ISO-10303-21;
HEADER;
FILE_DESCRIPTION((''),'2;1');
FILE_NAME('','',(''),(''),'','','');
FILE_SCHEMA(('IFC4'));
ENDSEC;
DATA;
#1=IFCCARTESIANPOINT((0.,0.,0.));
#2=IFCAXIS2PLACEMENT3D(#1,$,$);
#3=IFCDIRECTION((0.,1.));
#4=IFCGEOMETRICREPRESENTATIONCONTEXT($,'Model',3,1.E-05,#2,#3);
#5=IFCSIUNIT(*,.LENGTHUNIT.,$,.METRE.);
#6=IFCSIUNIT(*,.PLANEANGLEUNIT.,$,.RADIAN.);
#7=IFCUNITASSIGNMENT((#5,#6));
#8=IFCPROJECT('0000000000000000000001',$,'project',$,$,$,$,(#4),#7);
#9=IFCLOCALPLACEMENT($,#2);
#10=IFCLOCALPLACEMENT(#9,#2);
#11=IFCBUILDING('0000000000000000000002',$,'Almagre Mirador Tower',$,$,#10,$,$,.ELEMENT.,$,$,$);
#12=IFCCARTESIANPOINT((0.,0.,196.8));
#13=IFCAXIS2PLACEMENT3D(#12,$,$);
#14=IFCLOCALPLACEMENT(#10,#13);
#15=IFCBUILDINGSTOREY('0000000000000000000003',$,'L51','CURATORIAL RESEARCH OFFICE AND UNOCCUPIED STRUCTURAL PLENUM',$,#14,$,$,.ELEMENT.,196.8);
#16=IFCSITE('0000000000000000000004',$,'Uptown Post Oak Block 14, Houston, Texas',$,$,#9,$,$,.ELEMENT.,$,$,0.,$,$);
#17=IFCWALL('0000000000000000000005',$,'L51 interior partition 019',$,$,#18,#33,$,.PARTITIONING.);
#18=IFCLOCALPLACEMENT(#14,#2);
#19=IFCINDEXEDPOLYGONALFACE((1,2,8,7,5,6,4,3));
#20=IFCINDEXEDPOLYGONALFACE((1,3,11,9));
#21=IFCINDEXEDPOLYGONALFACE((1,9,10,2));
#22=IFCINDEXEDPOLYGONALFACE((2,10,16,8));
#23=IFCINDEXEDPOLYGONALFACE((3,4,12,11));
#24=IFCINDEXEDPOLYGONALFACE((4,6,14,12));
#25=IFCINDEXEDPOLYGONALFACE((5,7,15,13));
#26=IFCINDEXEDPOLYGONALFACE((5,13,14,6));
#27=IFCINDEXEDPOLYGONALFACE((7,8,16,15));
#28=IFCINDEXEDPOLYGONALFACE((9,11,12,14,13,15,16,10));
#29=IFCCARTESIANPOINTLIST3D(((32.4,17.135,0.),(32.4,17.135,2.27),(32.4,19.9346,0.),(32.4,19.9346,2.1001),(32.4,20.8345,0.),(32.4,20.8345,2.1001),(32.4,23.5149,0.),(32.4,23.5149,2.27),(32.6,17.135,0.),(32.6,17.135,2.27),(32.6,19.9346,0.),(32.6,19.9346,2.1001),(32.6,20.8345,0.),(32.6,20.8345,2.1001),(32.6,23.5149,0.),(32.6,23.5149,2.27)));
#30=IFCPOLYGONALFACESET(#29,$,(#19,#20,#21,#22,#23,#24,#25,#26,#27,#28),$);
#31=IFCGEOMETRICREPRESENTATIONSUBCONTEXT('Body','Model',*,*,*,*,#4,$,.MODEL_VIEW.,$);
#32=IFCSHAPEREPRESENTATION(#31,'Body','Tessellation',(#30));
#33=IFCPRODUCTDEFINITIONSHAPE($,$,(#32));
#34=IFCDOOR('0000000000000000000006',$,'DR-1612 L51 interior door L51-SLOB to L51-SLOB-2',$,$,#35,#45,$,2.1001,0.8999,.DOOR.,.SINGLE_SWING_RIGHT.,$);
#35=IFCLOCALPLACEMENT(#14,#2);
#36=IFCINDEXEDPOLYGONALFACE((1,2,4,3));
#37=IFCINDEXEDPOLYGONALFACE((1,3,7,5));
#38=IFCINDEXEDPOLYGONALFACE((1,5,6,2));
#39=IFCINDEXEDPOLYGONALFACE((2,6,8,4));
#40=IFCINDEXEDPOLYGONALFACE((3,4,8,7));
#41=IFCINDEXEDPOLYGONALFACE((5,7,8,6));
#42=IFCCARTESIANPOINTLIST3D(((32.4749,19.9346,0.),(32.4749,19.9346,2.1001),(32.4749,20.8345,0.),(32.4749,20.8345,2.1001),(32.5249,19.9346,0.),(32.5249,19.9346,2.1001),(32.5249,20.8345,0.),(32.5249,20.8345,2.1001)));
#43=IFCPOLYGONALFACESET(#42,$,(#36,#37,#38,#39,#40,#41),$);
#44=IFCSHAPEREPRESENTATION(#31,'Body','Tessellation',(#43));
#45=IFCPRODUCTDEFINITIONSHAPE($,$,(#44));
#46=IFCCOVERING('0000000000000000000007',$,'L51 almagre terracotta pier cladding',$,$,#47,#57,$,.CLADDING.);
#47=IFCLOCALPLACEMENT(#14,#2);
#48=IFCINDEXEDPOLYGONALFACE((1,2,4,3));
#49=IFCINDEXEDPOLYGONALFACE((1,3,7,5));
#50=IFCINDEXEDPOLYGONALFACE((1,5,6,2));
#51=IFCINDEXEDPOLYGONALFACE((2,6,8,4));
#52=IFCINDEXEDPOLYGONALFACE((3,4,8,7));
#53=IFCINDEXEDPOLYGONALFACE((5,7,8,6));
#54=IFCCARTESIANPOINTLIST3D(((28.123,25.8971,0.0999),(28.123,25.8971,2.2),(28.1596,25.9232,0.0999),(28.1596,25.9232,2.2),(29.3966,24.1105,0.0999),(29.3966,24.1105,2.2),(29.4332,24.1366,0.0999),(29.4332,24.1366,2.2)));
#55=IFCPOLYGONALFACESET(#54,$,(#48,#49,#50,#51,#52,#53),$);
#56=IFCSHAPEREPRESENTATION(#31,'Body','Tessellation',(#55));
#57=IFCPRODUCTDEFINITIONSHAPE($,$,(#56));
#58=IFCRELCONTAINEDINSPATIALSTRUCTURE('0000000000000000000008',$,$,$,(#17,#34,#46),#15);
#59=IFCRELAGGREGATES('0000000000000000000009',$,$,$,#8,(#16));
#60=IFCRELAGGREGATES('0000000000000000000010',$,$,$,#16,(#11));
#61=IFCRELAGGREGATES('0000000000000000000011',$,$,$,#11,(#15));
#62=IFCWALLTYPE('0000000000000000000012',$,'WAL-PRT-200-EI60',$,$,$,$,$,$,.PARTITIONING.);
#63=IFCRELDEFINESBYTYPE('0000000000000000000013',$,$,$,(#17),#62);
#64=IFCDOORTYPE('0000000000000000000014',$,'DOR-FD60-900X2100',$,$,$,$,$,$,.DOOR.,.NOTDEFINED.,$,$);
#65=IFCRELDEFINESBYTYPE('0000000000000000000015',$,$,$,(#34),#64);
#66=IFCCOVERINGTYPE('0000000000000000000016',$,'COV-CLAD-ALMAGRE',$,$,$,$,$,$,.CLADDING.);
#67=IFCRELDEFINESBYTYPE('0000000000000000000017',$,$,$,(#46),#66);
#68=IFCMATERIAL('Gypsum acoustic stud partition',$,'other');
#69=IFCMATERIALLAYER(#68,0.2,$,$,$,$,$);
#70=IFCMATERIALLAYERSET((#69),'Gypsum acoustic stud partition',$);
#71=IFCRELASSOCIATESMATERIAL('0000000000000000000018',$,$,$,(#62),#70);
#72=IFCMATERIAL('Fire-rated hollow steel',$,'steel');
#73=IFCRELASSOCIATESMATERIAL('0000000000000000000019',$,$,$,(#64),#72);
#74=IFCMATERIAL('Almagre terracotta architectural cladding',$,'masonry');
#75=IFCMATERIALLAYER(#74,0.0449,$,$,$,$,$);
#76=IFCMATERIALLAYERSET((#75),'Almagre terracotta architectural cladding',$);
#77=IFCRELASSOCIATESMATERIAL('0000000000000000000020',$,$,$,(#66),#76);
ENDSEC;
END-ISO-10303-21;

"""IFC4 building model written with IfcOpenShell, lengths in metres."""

from ifc_helpers import new_model, si_unit, direction, frame, frame_2d, origin, origin_2d, place, context, subcontext, project, spatial, rectangle, extrude, material, layer, layer_set, type_object, element, fill, save


model = new_model("IFC4")

# Units and contexts
model_context = context("Model", 3, precision=1e-05, world=origin(), true_north=direction((0.0, 1.0)))
body_context = subcontext(model_context, "Body", "Model", "MODEL_VIEW")
ifc_project = project(units=[si_unit("LENGTHUNIT", "METRE"), si_unit("PLANEANGLEUNIT", "RADIAN")], contexts=[model_context])

# Site, building, storey
site_placement = place(None, origin())
site = spatial("IfcSite", under=ifc_project, at=site_placement, Name="Uptown Post Oak Block 14, Houston, Texas", CompositionType="ELEMENT", RefElevation=0.0)
building_placement = place(site_placement, origin())
building = spatial("IfcBuilding", under=site, at=building_placement, Name="Almagre Mirador Tower", CompositionType="ELEMENT")
storey_placement = place(building_placement, frame((0.0, 0.0, 196.8)))
storey = spatial("IfcBuildingStorey", under=building, at=storey_placement, Name="L51", Description="CURATORIAL RESEARCH OFFICE AND UNOCCUPIED STRUCTURAL PLENUM", CompositionType="ELEMENT", Elevation=196.8)

# Shared definitions
ifc_material_1 = material(Name="Gypsum acoustic stud partition", Category="other")
ifc_layer_1 = layer(ifc_material_1, 0.2)
ifc_layer_set_1 = layer_set([ifc_layer_1], Name="Gypsum acoustic stud partition")
wall_type_1 = type_object("IfcWallType", Name="WAL-PRT-200-EI60", PredefinedType="PARTITIONING", material=ifc_layer_set_1)

# Wall, opening, door
wall_1_placement = place(storey_placement, frame((32.5, 23.5149, 0.0), z_axis=(0.0, 0.0, 1.0), x_axis=(0.0, -1.0, 0.0)))
wall_1 = element("IfcWall", 1, at=wall_1_placement, inside=storey, type_object=wall_type_1, Name="L51 interior partition 019", PredefinedType="PARTITIONING", context=body_context, shape_type="SweptSolid", body=[
    extrude(rectangle(XDim=6.3799, YDim=0.2, at=frame_2d((3.1899, 0.0))), origin(), (0.0, 0.0, 1.0), 2.27),
])
opening_1_placement = place(wall_1_placement, frame((2.6804, 0.0, 0.0)))
opening_1 = element("IfcOpeningElement", 2, at=opening_1_placement, cuts=wall_1, PredefinedType="OPENING", context=body_context, shape_type="SweptSolid", body=[
    extrude(rectangle(XDim=0.8999, YDim=2.1001, at=frame_2d((0.45, 1.05))), frame((0.0, 0.1101, 0.0), z_axis=(0.0, -1.0, 0.0), x_axis=(1.0, 0.0, 0.0)), (0.0, 0.0, 1.0), 0.22),
])
ifc_material_2 = material(Name="Fire-rated hollow steel", Category="steel")
door_type_1 = type_object("IfcDoorType", Name="DOR-FD60-900X2100", OperationType="NOTDEFINED", PredefinedType="DOOR", material=ifc_material_2)
door_1_placement = place(opening_1_placement, origin())
door_1 = element("IfcDoor", 3, at=door_1_placement, inside=storey, type_object=door_type_1, Name="DR-1612 L51 interior door L51-SLOB to L51-SLOB-2", OperationType="SINGLE_SWING_RIGHT", OverallHeight=2.1001, OverallWidth=0.8999, PredefinedType="DOOR", context=body_context, shape_type="SweptSolid", body=[
    extrude(rectangle(XDim=0.8999, YDim=2.1001, at=frame_2d((0.45, 1.05))), frame((0.0, 0.0249, 0.0), z_axis=(0.0, -1.0, 0.0), x_axis=(1.0, 0.0, 0.0)), (0.0, 0.0, 1.0), 0.05),
])
fill(opening_1, door_1)

# Covering
ifc_material_3 = material(Name="Almagre terracotta architectural cladding", Category="masonry")
ifc_layer_2 = layer(ifc_material_3, 0.0449)
ifc_layer_set_2 = layer_set([ifc_layer_2], Name="Almagre terracotta architectural cladding")
covering_type = type_object("IfcCoveringType", Name="COV-CLAD-ALMAGRE", PredefinedType="CLADDING", material=ifc_layer_set_2)
covering_placement = place(storey_placement, frame((28.7781, 25.0168, 0.0999), z_axis=(0.0, 0.0, 1.0), x_axis=(-0.580476, 0.814278, 0.0)))
element("IfcCovering", 4, at=covering_placement, inside=storey, type_object=covering_type, Name="L51 almagre terracotta pier cladding", PredefinedType="CLADDING", context=body_context, shape_type="SweptSolid", body=[
    extrude(rectangle(XDim=2.1941, YDim=0.0449, at=origin_2d()), origin(), (0.0, 0.0, 1.0), 2.1001),
])

save(model, "model.ifc")
